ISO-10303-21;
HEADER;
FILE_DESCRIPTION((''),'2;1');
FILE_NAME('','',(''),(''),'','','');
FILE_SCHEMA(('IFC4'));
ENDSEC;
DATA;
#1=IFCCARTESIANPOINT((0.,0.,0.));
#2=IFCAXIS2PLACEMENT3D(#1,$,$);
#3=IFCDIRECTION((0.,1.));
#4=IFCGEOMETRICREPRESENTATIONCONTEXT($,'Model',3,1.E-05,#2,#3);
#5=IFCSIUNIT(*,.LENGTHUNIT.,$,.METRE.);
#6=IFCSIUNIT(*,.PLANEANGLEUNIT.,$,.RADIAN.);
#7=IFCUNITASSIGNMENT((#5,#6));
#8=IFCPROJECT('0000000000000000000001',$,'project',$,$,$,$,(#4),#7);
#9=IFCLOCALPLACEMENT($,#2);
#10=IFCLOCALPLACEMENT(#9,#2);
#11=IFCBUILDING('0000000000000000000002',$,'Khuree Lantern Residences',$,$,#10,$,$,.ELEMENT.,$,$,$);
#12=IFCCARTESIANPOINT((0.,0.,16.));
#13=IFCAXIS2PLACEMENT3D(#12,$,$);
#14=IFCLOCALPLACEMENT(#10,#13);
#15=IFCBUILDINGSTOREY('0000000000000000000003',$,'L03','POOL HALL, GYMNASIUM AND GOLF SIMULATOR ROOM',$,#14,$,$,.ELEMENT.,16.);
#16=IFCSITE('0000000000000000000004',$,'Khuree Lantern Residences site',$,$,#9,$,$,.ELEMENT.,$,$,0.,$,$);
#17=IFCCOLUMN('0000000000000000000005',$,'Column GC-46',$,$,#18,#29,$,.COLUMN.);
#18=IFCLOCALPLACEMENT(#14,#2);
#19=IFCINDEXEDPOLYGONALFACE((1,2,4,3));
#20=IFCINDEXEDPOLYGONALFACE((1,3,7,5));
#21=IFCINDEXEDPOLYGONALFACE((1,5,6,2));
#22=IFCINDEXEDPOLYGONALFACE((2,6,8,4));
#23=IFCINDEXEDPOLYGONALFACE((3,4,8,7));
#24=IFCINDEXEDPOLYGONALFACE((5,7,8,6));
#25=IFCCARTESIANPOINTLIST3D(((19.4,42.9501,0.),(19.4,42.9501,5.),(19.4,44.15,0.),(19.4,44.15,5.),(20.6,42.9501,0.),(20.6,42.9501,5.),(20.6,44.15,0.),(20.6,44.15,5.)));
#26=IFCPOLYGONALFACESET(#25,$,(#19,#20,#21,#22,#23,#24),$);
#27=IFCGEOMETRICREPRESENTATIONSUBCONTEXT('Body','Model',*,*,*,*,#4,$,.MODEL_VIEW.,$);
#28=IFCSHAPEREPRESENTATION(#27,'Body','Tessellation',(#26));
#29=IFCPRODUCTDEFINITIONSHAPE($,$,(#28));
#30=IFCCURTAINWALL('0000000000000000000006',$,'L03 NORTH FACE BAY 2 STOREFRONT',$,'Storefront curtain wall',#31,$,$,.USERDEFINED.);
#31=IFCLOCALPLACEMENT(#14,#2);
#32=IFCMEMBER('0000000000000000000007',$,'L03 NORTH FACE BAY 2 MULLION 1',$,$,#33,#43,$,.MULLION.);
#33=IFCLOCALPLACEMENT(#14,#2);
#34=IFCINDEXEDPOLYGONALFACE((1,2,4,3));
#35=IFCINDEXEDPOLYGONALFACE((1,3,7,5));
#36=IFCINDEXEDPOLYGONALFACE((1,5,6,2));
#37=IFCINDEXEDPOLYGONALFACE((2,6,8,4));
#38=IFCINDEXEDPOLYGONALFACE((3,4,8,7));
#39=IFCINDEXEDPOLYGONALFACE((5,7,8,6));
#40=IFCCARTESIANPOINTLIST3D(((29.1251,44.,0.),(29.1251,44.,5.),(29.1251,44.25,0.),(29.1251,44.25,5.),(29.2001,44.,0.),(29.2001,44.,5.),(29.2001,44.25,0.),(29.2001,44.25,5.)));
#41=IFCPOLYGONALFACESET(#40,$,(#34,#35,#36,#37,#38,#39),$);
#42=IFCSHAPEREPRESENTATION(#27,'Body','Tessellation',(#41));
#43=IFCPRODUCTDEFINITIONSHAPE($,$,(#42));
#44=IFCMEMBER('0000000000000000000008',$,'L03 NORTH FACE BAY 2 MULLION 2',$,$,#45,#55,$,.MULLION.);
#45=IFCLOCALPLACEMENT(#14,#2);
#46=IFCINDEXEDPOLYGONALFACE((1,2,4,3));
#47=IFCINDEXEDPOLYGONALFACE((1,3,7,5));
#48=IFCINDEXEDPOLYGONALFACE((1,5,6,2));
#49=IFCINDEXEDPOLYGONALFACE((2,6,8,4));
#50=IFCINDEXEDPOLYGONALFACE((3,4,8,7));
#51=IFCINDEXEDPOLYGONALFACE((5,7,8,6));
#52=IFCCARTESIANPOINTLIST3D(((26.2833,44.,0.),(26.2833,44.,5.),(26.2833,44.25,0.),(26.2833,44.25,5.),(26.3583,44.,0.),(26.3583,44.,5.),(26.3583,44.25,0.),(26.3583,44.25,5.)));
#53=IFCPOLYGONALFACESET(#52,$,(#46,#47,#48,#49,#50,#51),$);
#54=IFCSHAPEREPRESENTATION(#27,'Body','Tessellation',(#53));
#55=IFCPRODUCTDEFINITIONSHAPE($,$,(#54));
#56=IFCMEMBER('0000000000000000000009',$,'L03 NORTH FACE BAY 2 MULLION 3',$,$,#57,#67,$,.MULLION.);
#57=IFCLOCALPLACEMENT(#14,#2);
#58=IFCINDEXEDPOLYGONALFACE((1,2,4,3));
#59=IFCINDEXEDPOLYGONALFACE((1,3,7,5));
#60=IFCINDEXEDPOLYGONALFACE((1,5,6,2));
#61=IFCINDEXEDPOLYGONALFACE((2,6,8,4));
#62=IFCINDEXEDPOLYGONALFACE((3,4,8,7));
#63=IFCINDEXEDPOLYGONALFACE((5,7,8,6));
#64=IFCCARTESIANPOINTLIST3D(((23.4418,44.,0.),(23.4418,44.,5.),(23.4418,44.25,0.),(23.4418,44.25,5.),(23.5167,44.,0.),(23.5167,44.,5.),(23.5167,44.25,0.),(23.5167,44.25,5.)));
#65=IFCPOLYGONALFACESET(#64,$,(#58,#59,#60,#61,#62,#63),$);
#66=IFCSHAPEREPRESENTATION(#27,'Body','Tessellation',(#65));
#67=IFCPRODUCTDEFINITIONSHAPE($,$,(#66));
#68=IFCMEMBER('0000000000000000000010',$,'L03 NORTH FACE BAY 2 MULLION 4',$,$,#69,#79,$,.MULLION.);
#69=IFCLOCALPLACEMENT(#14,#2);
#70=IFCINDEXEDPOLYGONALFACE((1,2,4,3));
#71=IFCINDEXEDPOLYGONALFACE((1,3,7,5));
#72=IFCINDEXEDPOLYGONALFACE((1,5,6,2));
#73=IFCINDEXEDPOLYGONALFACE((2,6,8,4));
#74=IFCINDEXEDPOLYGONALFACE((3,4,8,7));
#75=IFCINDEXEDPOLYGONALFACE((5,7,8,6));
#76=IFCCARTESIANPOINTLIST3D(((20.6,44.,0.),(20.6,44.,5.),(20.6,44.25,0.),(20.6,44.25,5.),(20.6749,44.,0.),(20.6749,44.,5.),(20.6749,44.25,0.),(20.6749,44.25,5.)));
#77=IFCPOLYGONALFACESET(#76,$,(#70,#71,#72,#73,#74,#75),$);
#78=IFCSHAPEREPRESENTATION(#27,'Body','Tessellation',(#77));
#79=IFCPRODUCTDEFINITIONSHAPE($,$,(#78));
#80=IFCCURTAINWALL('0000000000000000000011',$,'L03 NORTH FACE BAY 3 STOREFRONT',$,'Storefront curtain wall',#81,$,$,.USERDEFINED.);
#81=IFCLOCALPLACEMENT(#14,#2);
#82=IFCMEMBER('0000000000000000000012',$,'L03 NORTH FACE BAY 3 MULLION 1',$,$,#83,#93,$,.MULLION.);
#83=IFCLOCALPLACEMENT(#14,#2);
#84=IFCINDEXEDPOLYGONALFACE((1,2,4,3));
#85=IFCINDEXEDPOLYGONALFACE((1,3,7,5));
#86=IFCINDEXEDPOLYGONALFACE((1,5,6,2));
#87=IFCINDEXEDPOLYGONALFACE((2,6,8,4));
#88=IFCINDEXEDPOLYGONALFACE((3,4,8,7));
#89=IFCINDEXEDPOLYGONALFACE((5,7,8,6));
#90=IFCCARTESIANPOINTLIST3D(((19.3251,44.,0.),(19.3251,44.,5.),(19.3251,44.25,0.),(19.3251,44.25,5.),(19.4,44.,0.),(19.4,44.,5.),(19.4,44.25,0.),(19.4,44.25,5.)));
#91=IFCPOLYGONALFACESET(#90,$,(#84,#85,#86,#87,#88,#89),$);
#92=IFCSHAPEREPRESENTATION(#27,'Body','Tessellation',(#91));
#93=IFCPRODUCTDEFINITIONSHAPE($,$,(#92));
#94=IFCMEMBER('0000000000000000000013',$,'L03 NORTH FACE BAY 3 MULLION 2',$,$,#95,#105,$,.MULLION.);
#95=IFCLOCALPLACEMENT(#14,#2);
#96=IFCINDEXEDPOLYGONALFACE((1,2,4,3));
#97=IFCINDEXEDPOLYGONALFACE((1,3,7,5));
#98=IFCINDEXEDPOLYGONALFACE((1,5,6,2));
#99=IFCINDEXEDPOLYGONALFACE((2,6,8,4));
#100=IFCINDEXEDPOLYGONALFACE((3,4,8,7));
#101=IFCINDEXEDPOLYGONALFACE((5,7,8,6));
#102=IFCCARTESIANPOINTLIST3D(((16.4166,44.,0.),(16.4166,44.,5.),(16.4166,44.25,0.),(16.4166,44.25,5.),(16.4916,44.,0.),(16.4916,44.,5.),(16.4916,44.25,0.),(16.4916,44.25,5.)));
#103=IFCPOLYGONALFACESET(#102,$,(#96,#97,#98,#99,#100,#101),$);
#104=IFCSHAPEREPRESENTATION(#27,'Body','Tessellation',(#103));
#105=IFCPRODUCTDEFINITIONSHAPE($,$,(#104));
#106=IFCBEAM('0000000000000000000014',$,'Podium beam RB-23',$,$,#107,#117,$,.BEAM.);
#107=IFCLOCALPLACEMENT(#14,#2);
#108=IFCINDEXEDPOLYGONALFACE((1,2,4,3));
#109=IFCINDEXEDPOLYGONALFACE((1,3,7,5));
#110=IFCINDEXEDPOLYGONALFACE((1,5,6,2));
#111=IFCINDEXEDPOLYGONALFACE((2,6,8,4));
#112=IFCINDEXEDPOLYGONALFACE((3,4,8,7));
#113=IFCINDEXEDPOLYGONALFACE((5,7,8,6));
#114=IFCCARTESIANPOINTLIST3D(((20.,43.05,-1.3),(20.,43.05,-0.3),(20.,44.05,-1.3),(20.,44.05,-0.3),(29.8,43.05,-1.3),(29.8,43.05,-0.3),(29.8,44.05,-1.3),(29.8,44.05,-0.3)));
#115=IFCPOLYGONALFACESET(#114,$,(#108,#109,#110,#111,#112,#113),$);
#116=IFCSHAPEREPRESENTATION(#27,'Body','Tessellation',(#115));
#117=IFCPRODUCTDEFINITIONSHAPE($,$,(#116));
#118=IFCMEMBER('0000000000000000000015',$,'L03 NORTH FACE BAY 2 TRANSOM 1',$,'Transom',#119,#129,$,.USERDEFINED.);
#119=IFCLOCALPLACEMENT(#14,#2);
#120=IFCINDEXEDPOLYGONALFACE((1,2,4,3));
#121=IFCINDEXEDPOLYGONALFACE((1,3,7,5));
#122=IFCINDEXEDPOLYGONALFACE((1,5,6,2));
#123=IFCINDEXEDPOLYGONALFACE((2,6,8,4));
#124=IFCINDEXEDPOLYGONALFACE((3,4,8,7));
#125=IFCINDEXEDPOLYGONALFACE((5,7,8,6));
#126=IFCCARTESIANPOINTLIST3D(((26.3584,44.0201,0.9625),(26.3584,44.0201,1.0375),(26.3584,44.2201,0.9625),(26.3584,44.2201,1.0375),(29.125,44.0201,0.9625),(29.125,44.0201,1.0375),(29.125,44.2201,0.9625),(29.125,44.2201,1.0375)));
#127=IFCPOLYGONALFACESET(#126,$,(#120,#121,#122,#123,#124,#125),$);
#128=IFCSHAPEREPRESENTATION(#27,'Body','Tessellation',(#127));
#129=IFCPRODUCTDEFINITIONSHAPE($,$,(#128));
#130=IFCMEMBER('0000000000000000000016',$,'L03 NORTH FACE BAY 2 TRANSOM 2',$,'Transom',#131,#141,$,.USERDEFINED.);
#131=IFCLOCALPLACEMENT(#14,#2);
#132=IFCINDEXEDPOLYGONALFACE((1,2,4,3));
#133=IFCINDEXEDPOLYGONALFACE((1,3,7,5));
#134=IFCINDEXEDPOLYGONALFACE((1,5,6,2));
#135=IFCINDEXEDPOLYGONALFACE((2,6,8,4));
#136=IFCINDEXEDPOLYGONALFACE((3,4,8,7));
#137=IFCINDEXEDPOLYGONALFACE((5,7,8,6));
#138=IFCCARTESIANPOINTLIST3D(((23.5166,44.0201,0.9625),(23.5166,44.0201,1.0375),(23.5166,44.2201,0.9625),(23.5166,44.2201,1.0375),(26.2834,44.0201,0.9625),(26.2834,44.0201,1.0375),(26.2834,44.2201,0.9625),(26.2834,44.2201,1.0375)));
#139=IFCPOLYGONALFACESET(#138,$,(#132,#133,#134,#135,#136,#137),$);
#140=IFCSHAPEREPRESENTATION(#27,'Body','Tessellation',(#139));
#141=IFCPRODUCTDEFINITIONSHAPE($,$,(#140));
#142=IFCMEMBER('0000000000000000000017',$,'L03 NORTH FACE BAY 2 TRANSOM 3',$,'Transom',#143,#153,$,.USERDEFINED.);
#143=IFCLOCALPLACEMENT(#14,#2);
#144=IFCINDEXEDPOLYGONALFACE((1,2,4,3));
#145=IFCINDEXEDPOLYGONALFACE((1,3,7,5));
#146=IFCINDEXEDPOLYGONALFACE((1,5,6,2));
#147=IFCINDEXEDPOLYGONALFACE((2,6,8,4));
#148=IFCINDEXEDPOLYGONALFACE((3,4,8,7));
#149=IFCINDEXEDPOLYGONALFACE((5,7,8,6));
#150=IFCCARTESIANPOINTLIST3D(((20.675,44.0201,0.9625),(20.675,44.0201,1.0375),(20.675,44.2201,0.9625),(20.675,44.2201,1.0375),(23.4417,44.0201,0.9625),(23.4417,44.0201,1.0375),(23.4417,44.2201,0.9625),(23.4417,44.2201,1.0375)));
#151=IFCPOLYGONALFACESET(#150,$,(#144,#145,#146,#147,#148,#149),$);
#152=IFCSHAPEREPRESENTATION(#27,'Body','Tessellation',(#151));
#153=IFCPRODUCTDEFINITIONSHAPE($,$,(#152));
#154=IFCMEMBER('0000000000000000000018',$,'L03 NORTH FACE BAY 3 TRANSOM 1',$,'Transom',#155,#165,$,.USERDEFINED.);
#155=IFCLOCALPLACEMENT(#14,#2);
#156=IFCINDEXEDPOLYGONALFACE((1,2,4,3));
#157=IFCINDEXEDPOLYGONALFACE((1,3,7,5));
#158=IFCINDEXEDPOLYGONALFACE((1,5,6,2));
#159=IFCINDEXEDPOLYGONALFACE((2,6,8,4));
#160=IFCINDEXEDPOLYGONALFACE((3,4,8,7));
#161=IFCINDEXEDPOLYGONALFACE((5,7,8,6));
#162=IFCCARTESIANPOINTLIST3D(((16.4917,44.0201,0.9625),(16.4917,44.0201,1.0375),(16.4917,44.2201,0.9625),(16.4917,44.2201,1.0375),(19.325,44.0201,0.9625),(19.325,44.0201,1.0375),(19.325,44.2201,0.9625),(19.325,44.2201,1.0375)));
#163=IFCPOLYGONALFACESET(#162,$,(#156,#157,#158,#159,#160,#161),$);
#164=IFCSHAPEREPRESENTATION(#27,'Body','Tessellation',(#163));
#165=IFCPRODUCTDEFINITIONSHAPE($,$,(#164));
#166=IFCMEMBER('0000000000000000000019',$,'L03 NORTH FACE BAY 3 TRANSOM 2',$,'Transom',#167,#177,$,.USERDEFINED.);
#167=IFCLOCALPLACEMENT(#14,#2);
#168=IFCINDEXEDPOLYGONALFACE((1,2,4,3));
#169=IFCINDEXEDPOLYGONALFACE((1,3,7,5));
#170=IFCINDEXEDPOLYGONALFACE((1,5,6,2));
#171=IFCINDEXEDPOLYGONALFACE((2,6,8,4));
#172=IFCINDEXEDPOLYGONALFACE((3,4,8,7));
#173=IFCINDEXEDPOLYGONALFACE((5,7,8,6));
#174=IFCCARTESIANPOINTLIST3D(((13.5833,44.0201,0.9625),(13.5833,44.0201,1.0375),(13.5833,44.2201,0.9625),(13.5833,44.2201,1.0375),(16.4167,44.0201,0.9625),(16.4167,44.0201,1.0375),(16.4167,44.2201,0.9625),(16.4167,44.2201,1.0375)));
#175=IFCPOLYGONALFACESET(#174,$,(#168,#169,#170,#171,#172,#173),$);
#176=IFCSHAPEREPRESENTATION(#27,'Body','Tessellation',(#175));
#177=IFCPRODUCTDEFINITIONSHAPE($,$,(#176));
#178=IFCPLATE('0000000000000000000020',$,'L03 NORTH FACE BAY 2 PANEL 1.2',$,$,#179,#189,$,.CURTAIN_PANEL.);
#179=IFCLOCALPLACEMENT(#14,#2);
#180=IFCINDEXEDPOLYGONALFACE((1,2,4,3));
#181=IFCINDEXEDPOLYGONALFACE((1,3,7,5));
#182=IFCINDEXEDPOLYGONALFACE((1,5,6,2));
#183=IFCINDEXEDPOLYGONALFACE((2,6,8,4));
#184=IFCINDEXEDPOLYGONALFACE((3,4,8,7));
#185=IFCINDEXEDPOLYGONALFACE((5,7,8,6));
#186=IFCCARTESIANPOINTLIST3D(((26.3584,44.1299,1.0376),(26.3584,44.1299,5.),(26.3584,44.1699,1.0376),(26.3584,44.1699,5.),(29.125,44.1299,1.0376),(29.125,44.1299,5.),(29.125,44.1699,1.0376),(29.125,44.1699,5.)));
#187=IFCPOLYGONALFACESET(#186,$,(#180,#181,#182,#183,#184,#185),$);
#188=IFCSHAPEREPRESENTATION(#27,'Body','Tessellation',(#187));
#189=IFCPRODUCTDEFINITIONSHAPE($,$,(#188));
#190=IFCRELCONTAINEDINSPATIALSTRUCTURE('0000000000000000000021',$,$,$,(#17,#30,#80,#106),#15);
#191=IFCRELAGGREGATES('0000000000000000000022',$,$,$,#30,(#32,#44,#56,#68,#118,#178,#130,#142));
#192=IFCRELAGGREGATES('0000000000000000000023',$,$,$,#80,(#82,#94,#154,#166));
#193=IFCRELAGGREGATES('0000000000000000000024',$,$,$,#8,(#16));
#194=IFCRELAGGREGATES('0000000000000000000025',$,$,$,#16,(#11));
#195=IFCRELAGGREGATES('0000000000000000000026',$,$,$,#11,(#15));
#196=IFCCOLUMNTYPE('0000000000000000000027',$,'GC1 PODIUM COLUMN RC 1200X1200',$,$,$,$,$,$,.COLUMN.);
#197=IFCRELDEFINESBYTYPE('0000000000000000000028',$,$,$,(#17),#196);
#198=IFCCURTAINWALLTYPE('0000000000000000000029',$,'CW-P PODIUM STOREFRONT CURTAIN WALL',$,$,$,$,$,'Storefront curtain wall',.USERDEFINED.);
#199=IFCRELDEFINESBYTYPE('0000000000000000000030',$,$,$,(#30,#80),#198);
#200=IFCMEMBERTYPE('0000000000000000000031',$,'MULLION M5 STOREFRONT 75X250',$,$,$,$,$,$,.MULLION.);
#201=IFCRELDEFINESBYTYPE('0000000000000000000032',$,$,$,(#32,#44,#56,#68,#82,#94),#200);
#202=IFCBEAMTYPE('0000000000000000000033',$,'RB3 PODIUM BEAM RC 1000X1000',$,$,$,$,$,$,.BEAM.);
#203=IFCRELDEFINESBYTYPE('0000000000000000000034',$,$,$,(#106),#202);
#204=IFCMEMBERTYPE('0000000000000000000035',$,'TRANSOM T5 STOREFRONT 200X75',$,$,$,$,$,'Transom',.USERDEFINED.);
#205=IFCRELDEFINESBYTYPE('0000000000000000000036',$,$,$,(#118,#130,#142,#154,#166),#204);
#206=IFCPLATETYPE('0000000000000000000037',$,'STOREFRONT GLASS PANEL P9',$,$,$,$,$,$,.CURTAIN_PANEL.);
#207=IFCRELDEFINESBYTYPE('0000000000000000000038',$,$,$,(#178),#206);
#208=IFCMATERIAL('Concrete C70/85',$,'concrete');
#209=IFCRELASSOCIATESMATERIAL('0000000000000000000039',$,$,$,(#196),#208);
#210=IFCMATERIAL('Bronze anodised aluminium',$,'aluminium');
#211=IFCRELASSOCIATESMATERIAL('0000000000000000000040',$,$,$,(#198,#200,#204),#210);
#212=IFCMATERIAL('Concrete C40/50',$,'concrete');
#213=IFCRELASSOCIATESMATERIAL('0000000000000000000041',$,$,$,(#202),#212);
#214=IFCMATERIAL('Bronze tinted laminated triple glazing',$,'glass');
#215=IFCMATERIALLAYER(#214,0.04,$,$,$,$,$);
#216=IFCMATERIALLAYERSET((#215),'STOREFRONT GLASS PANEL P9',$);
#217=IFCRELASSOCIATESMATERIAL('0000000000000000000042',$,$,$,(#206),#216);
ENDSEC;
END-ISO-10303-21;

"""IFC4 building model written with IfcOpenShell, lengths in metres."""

from ifc_helpers import new_model, si_unit, direction, frame, origin, origin_2d, place, context, subcontext, project, spatial, rectangle, extrude, material, layer, layer_set, material_profile, profile_set, type_object, element, aggregate, save


model = new_model("IFC4")

# Units and contexts
model_context = context("Model", 3, precision=1e-05, world=origin(), true_north=direction((0.0, 1.0)))
body_context = subcontext(model_context, "Body", "Model", "MODEL_VIEW")
ifc_project = project(units=[si_unit("LENGTHUNIT", "METRE"), si_unit("PLANEANGLEUNIT", "RADIAN")], contexts=[model_context])

# Site, building, storey
site_placement = place(None, origin())
site = spatial("IfcSite", under=ifc_project, at=site_placement, Name="Khuree Lantern Residences site", CompositionType="ELEMENT", RefElevation=0.0)
building_placement = place(site_placement, origin())
building = spatial("IfcBuilding", under=site, at=building_placement, Name="Khuree Lantern Residences", CompositionType="ELEMENT")
storey_placement = place(building_placement, frame((0.0, 0.0, 16.0)))
storey = spatial("IfcBuildingStorey", under=building, at=storey_placement, Name="L03", Description="POOL HALL, GYMNASIUM AND GOLF SIMULATOR ROOM", CompositionType="ELEMENT", Elevation=16.0)

# Column
ifc_material_1 = material(Name="Concrete C70/85", Category="concrete")
ifc_material_profile_1 = material_profile(ifc_material_1, rectangle(XDim=1.2, YDim=1.2, at=origin_2d()), Name="RC 1200X1200")
ifc_profile_set_1 = profile_set([ifc_material_profile_1], Name="Concrete C70/85")
column_type = type_object("IfcColumnType", Name="GC1 PODIUM COLUMN RC 1200X1200", PredefinedType="COLUMN", material=ifc_profile_set_1)
column_placement = place(storey_placement, frame((20.0, 43.55, 0.0), z_axis=(0.0, 0.0, 1.0), x_axis=(1.0, 0.0, 0.0)))
element("IfcColumn", 1, at=column_placement, inside=storey, type_object=column_type, Name="Column GC-46", PredefinedType="COLUMN", context=body_context, shape_type="SweptSolid", body=[
    extrude(rectangle(XDim=1.2, YDim=1.2, at=origin_2d()), origin(), (0.0, 0.0, 1.0), 5.0),
])

# Curtain walls, members
ifc_material_2 = material(Name="Bronze anodised aluminium", Category="aluminium")
curtain_wall_type = type_object("IfcCurtainWallType", Name="CW-P PODIUM STOREFRONT CURTAIN WALL", ElementType="Storefront curtain wall", PredefinedType="USERDEFINED", material=ifc_material_2)
curtain_wall_1_placement = place(storey_placement, origin())
curtain_wall_1 = element("IfcCurtainWall", 2, at=curtain_wall_1_placement, inside=storey, type_object=curtain_wall_type, Name="L03 NORTH FACE BAY 2 STOREFRONT", ObjectType="Storefront curtain wall", PredefinedType="USERDEFINED")
ifc_material_profile_2 = material_profile(ifc_material_2, rectangle(XDim=0.075, YDim=0.25, at=origin_2d()), Name="M5 75X250")
ifc_profile_set_2 = profile_set([ifc_material_profile_2], Name="Bronze anodised aluminium")
member_type_1 = type_object("IfcMemberType", Name="MULLION M5 STOREFRONT 75X250", PredefinedType="MULLION", material=ifc_profile_set_2)
member_1_placement = place(storey_placement, frame((29.1626, 44.125, 0.0), z_axis=(0.0, 0.0, 1.0), x_axis=(-1.0, 0.0, 0.0)))
member_1 = element("IfcMember", 3, at=member_1_placement, type_object=member_type_1, Name="L03 NORTH FACE BAY 2 MULLION 1", PredefinedType="MULLION", context=body_context, shape_type="SweptSolid", body=[
    extrude(rectangle(XDim=0.075, YDim=0.25, at=origin_2d()), origin(), (0.0, 0.0, 1.0), 5.0),
])
member_2_placement = place(storey_placement, frame((26.3208, 44.125, 0.0), z_axis=(0.0, 0.0, 1.0), x_axis=(-1.0, 0.0, 0.0)))
member_2 = element("IfcMember", 4, at=member_2_placement, type_object=member_type_1, Name="L03 NORTH FACE BAY 2 MULLION 2", PredefinedType="MULLION", context=body_context, shape_type="SweptSolid", body=[
    extrude(rectangle(XDim=0.075, YDim=0.25, at=origin_2d()), origin(), (0.0, 0.0, 1.0), 5.0),
])
member_3_placement = place(storey_placement, frame((23.4792, 44.125, 0.0), z_axis=(0.0, 0.0, 1.0), x_axis=(-1.0, 0.0, 0.0)))
member_3 = element("IfcMember", 5, at=member_3_placement, type_object=member_type_1, Name="L03 NORTH FACE BAY 2 MULLION 3", PredefinedType="MULLION", context=body_context, shape_type="SweptSolid", body=[
    extrude(rectangle(XDim=0.075, YDim=0.25, at=origin_2d()), origin(), (0.0, 0.0, 1.0), 5.0),
])
member_4_placement = place(storey_placement, frame((20.6375, 44.125, 0.0), z_axis=(0.0, 0.0, 1.0), x_axis=(-1.0, 0.0, 0.0)))
member_4 = element("IfcMember", 6, at=member_4_placement, type_object=member_type_1, Name="L03 NORTH FACE BAY 2 MULLION 4", PredefinedType="MULLION", context=body_context, shape_type="SweptSolid", body=[
    extrude(rectangle(XDim=0.075, YDim=0.25, at=origin_2d()), origin(), (0.0, 0.0, 1.0), 5.0),
])
curtain_wall_2_placement = place(storey_placement, origin())
curtain_wall_2 = element("IfcCurtainWall", 7, at=curtain_wall_2_placement, inside=storey, type_object=curtain_wall_type, Name="L03 NORTH FACE BAY 3 STOREFRONT", ObjectType="Storefront curtain wall", PredefinedType="USERDEFINED")
member_5_placement = place(storey_placement, frame((19.3625, 44.125, 0.0), z_axis=(0.0, 0.0, 1.0), x_axis=(-1.0, 0.0, 0.0)))
member_5 = element("IfcMember", 8, at=member_5_placement, type_object=member_type_1, Name="L03 NORTH FACE BAY 3 MULLION 1", PredefinedType="MULLION", context=body_context, shape_type="SweptSolid", body=[
    extrude(rectangle(XDim=0.075, YDim=0.25, at=origin_2d()), origin(), (0.0, 0.0, 1.0), 5.0),
])
member_6_placement = place(storey_placement, frame((16.4541, 44.125, 0.0), z_axis=(0.0, 0.0, 1.0), x_axis=(-1.0, 0.0, 0.0)))
member_6 = element("IfcMember", 9, at=member_6_placement, type_object=member_type_1, Name="L03 NORTH FACE BAY 3 MULLION 2", PredefinedType="MULLION", context=body_context, shape_type="SweptSolid", body=[
    extrude(rectangle(XDim=0.075, YDim=0.25, at=origin_2d()), origin(), (0.0, 0.0, 1.0), 5.0),
])

# Beam
ifc_material_3 = material(Name="Concrete C40/50", Category="concrete")
ifc_material_profile_3 = material_profile(ifc_material_3, rectangle(XDim=1.0, YDim=1.0, at=origin_2d()), Name="RC 1000X1000")
ifc_profile_set_3 = profile_set([ifc_material_profile_3], Name="Concrete C40/50")
beam_type = type_object("IfcBeamType", Name="RB3 PODIUM BEAM RC 1000X1000", PredefinedType="BEAM", material=ifc_profile_set_3)
beam_placement = place(storey_placement, frame((20.0, 43.55, -0.8), z_axis=(1.0, 0.0, 0.0), x_axis=(0.0, 1.0, 0.0)))
element("IfcBeam", 10, at=beam_placement, inside=storey, type_object=beam_type, Name="Podium beam RB-23", PredefinedType="BEAM", context=body_context, shape_type="SweptSolid", body=[
    extrude(rectangle(XDim=1.0, YDim=1.0, at=origin_2d()), origin(), (0.0, 0.0, 1.0), 9.8),
])

# Members
ifc_material_profile_4 = material_profile(ifc_material_2, rectangle(XDim=0.2, YDim=0.075, at=origin_2d()), Name="T5 200X75")
ifc_profile_set_4 = profile_set([ifc_material_profile_4], Name="Bronze anodised aluminium")
member_type_2 = type_object("IfcMemberType", Name="TRANSOM T5 STOREFRONT 200X75", ElementType="Transom", PredefinedType="USERDEFINED", material=ifc_profile_set_4)
member_7_placement = place(storey_placement, frame((29.125, 44.1201, 1.0), z_axis=(-1.0, 0.0, 0.0), x_axis=(0.0, -1.0, 0.0)))
member_7 = element("IfcMember", 11, at=member_7_placement, type_object=member_type_2, Name="L03 NORTH FACE BAY 2 TRANSOM 1", ObjectType="Transom", PredefinedType="USERDEFINED", context=body_context, shape_type="SweptSolid", body=[
    extrude(rectangle(XDim=0.2, YDim=0.075, at=origin_2d()), origin(), (0.0, 0.0, 1.0), 2.7666),
])
member_8_placement = place(storey_placement, frame((26.2834, 44.1201, 1.0), z_axis=(-1.0, 0.0, 0.0), x_axis=(0.0, -1.0, 0.0)))
member_8 = element("IfcMember", 12, at=member_8_placement, type_object=member_type_2, Name="L03 NORTH FACE BAY 2 TRANSOM 2", ObjectType="Transom", PredefinedType="USERDEFINED", context=body_context, shape_type="SweptSolid", body=[
    extrude(rectangle(XDim=0.2, YDim=0.075, at=origin_2d()), origin(), (0.0, 0.0, 1.0), 2.7668),
])
member_9_placement = place(storey_placement, frame((23.4417, 44.1201, 1.0), z_axis=(-1.0, 0.0, 0.0), x_axis=(0.0, -1.0, 0.0)))
member_9 = element("IfcMember", 13, at=member_9_placement, type_object=member_type_2, Name="L03 NORTH FACE BAY 2 TRANSOM 3", ObjectType="Transom", PredefinedType="USERDEFINED", context=body_context, shape_type="SweptSolid", body=[
    extrude(rectangle(XDim=0.2, YDim=0.075, at=origin_2d()), origin(), (0.0, 0.0, 1.0), 2.7666),
])
member_10_placement = place(storey_placement, frame((19.325, 44.1201, 1.0), z_axis=(-1.0, 0.0, 0.0), x_axis=(0.0, -1.0, 0.0)))
member_10 = element("IfcMember", 14, at=member_10_placement, type_object=member_type_2, Name="L03 NORTH FACE BAY 3 TRANSOM 1", ObjectType="Transom", PredefinedType="USERDEFINED", context=body_context, shape_type="SweptSolid", body=[
    extrude(rectangle(XDim=0.2, YDim=0.075, at=origin_2d()), origin(), (0.0, 0.0, 1.0), 2.8333),
])
member_11_placement = place(storey_placement, frame((16.4167, 44.1201, 1.0), z_axis=(-1.0, 0.0, 0.0), x_axis=(0.0, -1.0, 0.0)))
member_11 = element("IfcMember", 15, at=member_11_placement, type_object=member_type_2, Name="L03 NORTH FACE BAY 3 TRANSOM 2", ObjectType="Transom", PredefinedType="USERDEFINED", context=body_context, shape_type="SweptSolid", body=[
    extrude(rectangle(XDim=0.2, YDim=0.075, at=origin_2d()), origin(), (0.0, 0.0, 1.0), 2.8335),
])

# Plate
ifc_material_4 = material(Name="Bronze tinted laminated triple glazing", Category="glass")
ifc_layer_1 = layer(ifc_material_4, 0.04)
ifc_layer_set_1 = layer_set([ifc_layer_1], Name="STOREFRONT GLASS PANEL P9")
plate_type_1 = type_object("IfcPlateType", Name="STOREFRONT GLASS PANEL P9", PredefinedType="CURTAIN_PANEL", material=ifc_layer_set_1)
plate_1_placement = place(storey_placement, frame((27.7417, 44.1499, 1.0376), z_axis=(0.0, 0.0, 1.0), x_axis=(-1.0, 0.0, 0.0)))
plate_1 = element("IfcPlate", 16, at=plate_1_placement, type_object=plate_type_1, Name="L03 NORTH FACE BAY 2 PANEL 1.2", PredefinedType="CURTAIN_PANEL", context=body_context, shape_type="SweptSolid", body=[
    extrude(rectangle(XDim=2.7666, YDim=0.04, at=origin_2d()), origin(), (0.0, 0.0, 1.0), 3.9624),
])
aggregate(curtain_wall_1, [member_1, member_2, member_3, member_4, member_7, plate_1, member_8, member_9])
aggregate(curtain_wall_2, [member_5, member_6, member_10, member_11])

save(model, "model.ifc")
